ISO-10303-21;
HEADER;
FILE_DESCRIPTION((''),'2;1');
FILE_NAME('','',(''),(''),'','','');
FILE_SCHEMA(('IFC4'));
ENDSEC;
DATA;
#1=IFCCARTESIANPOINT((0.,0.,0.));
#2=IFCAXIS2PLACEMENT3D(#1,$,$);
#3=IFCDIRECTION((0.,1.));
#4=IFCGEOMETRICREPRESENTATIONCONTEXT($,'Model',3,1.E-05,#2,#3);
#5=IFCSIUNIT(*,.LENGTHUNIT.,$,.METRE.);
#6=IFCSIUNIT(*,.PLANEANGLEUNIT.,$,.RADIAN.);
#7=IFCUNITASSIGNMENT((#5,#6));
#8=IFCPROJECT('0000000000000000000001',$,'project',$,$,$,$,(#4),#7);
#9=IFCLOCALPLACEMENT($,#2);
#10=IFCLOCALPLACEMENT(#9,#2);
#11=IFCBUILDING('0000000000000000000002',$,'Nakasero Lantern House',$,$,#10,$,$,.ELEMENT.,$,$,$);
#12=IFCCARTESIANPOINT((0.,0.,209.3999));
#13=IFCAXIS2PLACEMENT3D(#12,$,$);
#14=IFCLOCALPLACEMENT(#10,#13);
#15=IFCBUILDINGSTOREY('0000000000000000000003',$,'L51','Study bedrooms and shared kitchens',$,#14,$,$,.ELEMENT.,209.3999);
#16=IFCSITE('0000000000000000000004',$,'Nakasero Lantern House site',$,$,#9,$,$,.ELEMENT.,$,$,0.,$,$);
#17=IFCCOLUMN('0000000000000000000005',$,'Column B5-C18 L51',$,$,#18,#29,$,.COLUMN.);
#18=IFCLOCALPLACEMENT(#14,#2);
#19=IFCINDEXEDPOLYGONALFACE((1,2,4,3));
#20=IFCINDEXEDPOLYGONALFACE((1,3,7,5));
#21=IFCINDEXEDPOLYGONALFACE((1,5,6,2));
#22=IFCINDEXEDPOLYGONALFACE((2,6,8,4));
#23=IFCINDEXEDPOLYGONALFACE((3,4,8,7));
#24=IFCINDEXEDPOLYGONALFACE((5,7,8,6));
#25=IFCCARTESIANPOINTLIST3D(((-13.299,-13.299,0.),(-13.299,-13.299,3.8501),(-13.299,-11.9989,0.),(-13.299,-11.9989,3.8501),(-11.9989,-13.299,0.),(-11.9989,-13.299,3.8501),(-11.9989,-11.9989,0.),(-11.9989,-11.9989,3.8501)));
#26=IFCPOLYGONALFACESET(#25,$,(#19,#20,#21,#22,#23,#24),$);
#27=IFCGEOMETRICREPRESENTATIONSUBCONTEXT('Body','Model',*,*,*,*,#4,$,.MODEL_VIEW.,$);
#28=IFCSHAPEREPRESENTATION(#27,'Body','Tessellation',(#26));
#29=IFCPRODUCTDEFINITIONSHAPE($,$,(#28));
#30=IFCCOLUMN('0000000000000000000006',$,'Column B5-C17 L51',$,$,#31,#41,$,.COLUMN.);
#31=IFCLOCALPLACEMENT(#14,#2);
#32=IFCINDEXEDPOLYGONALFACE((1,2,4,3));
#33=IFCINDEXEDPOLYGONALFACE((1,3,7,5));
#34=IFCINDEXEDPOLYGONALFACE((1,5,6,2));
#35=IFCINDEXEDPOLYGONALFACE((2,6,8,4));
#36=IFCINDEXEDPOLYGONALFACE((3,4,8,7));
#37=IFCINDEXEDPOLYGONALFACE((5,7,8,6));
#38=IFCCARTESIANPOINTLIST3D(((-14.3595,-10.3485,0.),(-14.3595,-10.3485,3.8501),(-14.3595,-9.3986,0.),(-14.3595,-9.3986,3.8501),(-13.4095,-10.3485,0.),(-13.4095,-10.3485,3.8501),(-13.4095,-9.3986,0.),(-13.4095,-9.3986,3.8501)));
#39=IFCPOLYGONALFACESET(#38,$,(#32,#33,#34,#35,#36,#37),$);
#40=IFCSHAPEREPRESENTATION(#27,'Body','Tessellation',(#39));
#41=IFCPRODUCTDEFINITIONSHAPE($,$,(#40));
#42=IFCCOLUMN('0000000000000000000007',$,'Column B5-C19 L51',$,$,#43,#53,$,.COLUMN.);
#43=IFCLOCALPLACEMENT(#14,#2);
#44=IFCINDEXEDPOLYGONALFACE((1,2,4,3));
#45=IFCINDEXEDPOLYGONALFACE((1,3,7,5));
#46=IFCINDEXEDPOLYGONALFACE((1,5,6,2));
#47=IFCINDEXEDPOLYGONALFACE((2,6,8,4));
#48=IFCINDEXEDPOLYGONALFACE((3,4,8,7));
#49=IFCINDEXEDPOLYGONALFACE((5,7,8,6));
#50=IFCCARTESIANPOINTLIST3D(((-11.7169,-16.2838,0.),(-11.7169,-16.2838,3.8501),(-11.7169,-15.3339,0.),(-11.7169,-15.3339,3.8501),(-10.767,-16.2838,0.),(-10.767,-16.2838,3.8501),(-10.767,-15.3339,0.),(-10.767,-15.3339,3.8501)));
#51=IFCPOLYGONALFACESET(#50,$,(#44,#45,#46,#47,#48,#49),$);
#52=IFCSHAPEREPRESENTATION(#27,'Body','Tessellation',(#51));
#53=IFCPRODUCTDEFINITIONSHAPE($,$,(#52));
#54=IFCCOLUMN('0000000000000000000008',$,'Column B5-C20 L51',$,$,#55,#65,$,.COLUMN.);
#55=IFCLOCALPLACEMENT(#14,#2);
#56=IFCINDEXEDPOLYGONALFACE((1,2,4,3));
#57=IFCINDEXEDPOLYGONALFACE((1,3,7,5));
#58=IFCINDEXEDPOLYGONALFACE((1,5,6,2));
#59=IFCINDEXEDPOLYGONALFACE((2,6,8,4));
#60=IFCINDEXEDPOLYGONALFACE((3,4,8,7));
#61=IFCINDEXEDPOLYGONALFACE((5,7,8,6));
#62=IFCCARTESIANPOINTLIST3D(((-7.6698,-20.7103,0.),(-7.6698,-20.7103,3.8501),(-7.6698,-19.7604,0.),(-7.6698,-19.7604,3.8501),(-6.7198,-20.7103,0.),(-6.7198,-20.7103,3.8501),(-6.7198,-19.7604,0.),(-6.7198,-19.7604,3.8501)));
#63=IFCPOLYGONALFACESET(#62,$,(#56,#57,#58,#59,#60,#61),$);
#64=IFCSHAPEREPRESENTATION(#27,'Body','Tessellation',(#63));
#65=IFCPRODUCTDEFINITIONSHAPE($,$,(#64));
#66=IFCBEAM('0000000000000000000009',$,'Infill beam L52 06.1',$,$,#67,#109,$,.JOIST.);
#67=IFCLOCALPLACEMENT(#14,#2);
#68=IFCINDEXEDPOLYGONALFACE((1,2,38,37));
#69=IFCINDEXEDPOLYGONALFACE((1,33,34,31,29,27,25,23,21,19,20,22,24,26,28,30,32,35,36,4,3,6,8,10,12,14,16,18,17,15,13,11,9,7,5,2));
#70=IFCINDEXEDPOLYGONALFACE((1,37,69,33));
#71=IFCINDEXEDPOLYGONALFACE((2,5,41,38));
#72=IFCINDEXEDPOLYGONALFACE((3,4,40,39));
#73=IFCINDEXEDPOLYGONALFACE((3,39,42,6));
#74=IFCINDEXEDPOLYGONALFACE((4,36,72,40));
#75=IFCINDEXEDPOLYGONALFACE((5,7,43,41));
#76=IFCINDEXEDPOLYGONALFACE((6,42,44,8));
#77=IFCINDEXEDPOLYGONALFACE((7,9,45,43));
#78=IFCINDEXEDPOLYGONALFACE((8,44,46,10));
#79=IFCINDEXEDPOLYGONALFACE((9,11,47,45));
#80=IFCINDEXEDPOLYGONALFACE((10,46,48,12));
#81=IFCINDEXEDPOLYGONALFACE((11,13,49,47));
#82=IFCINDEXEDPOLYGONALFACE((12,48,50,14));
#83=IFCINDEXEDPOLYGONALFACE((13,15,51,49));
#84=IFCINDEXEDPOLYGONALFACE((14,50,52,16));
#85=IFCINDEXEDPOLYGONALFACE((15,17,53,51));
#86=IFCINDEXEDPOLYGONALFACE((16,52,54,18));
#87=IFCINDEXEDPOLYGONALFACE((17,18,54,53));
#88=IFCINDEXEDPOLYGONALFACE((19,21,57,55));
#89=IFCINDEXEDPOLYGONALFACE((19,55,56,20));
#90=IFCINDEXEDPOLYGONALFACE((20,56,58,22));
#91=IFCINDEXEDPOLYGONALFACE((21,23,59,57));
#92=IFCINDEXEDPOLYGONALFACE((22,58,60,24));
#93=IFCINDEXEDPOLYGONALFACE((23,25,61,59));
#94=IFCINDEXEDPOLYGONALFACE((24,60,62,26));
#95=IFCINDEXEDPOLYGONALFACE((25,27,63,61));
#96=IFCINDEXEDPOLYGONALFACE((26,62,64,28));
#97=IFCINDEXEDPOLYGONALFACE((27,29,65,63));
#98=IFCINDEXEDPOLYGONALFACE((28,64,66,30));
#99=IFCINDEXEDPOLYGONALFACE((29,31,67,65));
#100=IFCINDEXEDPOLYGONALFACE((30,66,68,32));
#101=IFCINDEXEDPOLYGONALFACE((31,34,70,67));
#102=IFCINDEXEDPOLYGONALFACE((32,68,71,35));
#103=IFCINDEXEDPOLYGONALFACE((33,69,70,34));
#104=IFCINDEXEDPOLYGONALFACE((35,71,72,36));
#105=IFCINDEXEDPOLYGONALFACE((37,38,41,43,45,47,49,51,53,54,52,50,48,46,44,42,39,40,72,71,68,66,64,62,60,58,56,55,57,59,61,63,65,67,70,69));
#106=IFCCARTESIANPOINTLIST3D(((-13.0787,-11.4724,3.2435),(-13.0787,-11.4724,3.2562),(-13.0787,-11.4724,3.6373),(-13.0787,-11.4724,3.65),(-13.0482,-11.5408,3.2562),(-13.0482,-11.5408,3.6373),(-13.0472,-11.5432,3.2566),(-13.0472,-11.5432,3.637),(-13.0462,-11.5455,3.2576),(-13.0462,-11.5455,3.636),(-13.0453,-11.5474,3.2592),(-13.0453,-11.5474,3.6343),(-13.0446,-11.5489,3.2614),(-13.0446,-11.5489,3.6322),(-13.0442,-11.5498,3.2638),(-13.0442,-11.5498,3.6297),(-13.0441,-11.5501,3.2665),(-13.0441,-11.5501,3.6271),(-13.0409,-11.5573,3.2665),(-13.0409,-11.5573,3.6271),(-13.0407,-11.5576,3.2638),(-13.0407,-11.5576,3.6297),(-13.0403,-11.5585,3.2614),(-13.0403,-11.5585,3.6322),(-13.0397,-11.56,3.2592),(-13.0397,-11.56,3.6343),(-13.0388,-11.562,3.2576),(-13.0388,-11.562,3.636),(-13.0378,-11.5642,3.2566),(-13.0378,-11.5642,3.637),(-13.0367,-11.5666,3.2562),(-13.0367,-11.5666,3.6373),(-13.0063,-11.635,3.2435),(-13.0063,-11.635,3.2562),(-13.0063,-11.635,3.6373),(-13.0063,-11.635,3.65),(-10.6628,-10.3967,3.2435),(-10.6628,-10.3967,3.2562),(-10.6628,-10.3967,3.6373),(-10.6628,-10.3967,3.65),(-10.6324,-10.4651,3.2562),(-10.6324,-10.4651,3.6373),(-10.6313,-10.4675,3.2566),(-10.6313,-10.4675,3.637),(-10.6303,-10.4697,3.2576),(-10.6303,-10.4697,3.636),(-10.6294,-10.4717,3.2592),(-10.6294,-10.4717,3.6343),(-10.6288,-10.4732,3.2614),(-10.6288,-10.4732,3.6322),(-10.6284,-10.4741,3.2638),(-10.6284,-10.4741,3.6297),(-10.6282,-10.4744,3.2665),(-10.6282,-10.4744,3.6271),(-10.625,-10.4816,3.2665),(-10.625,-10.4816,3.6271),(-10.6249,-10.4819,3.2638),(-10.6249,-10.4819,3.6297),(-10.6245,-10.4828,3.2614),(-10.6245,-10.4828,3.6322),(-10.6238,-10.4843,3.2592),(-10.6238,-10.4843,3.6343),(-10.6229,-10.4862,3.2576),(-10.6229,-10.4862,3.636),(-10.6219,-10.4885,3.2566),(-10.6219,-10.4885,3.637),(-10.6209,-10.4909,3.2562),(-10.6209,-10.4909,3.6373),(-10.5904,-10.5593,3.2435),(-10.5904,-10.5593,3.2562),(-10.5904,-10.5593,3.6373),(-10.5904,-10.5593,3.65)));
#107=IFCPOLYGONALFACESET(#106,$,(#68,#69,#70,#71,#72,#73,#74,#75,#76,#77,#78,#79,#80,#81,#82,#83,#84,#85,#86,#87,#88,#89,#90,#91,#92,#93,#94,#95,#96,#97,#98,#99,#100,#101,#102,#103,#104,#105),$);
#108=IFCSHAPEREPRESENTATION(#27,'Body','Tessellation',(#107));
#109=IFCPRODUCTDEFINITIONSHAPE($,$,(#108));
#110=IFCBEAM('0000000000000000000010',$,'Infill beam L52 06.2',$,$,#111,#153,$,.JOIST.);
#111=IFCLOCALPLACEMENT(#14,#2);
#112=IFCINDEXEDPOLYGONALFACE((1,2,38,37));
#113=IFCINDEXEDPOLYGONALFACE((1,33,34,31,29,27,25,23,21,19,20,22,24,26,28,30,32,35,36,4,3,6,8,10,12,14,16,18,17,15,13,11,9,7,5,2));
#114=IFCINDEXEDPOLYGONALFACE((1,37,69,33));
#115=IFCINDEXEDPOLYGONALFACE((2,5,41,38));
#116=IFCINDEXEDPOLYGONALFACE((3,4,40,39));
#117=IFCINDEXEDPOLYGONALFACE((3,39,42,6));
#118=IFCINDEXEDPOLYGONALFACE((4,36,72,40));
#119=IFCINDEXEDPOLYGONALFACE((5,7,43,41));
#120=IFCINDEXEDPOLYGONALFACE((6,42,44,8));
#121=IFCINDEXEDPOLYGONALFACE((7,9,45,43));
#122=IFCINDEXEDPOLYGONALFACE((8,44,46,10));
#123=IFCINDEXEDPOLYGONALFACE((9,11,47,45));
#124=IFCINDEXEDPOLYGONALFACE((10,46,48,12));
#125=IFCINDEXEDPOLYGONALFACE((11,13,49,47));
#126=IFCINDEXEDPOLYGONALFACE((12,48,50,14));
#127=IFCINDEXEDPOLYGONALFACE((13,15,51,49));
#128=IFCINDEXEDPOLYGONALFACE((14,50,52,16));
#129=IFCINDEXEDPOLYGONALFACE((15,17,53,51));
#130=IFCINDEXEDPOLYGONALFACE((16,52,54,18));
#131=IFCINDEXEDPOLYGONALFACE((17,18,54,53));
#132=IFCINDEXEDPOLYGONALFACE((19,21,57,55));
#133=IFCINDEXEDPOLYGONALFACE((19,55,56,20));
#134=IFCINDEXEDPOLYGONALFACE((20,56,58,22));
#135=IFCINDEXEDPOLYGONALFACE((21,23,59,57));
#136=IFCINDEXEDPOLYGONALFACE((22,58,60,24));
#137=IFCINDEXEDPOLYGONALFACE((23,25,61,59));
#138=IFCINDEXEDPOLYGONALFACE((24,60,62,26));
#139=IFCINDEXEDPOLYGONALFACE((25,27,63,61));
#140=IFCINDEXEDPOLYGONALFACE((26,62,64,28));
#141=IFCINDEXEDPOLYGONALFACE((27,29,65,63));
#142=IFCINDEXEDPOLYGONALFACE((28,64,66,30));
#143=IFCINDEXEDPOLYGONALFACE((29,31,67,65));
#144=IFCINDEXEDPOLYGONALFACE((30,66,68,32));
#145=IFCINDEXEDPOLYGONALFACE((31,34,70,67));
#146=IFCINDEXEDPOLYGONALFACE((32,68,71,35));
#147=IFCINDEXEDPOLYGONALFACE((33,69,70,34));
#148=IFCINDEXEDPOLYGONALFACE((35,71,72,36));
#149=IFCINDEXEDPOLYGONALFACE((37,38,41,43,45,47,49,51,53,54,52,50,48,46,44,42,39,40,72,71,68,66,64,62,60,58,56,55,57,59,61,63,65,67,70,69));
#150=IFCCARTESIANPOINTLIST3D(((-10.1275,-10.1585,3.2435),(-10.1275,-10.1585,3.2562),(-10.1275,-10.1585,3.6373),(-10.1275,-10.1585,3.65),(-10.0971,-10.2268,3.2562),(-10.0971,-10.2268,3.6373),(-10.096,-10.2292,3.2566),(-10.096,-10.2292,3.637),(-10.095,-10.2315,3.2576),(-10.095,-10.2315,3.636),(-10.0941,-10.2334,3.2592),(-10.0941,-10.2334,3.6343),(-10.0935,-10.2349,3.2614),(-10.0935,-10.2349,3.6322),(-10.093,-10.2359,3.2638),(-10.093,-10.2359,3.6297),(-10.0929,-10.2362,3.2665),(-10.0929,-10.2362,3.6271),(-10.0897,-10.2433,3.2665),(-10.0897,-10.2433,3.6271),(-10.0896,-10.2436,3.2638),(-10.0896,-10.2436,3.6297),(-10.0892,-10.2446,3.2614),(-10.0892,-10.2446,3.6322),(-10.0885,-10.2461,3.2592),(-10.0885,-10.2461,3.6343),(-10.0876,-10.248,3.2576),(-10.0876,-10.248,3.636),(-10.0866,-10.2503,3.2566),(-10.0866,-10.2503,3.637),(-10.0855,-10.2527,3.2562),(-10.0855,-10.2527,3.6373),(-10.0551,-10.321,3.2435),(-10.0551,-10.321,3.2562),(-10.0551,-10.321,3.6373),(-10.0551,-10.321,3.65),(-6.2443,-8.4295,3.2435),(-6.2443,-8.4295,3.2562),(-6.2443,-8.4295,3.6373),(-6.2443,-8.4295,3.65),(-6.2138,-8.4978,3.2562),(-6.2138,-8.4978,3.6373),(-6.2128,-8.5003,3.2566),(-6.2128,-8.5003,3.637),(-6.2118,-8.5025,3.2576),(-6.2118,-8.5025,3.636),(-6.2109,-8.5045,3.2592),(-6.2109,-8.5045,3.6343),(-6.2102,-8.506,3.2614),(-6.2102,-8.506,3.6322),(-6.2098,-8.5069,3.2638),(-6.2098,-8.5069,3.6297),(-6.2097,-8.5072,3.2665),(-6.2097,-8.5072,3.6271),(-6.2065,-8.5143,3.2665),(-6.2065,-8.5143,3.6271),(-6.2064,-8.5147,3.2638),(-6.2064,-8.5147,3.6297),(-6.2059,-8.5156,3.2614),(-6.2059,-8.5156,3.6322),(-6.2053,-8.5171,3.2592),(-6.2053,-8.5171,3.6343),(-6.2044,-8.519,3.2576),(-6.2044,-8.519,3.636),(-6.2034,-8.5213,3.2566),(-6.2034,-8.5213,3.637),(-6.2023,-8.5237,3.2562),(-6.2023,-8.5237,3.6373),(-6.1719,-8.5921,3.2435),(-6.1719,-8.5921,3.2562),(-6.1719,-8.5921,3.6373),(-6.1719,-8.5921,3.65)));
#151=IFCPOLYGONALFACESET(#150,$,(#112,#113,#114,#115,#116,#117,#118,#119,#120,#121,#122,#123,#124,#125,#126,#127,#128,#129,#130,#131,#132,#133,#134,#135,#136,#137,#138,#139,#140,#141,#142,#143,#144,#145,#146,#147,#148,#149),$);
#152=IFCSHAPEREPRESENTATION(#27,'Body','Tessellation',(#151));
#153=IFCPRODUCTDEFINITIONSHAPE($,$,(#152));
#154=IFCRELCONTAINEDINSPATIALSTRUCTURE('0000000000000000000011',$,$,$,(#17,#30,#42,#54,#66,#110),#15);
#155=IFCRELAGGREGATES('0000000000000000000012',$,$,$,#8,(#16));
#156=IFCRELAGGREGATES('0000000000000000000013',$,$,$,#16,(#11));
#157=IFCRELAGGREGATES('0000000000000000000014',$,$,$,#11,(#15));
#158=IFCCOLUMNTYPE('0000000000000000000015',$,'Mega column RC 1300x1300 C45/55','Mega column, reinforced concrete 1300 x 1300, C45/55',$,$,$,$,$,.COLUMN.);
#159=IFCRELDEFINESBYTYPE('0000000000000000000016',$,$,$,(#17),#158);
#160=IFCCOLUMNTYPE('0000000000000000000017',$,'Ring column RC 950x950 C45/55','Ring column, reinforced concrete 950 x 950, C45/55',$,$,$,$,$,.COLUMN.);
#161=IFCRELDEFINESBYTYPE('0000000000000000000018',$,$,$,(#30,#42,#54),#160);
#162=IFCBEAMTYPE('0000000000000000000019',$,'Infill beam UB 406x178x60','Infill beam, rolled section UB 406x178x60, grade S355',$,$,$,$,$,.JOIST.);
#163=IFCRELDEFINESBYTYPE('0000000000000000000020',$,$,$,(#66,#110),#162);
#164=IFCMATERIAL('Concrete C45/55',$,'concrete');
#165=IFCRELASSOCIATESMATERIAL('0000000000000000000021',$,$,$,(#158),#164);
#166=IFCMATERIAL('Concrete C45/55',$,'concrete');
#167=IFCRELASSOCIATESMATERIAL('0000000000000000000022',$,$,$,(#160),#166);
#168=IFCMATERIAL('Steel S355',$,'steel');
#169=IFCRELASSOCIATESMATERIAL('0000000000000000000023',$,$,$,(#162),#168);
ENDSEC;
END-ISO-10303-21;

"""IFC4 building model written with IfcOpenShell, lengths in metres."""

from ifc_helpers import new_model, si_unit, direction, frame, origin, origin_2d, place, context, subcontext, project, spatial, rectangle, i_section, extrude, material, material_profile, profile_set, type_object, element, save


model = new_model("IFC4")

# Units and contexts
model_context = context("Model", 3, precision=1e-05, world=origin(), true_north=direction((0.0, 1.0)))
body_context = subcontext(model_context, "Body", "Model", "MODEL_VIEW")
ifc_project = project(units=[si_unit("LENGTHUNIT", "METRE"), si_unit("PLANEANGLEUNIT", "RADIAN")], contexts=[model_context])

# Site, building, storey
site_placement = place(None, origin())
site = spatial("IfcSite", under=ifc_project, at=site_placement, Name="Nakasero Lantern House site", CompositionType="ELEMENT", RefElevation=0.0)
building_placement = place(site_placement, origin())
building = spatial("IfcBuilding", under=site, at=building_placement, Name="Nakasero Lantern House", CompositionType="ELEMENT")
storey_placement = place(building_placement, frame((0.0, 0.0, 209.3999)))
storey = spatial("IfcBuildingStorey", under=building, at=storey_placement, Name="L51", Description="Study bedrooms and shared kitchens", CompositionType="ELEMENT", Elevation=209.3999)

# Columns
ifc_material_1 = material(Name="Concrete C45/55", Category="concrete")
ifc_material_profile_1 = material_profile(ifc_material_1, rectangle(XDim=1.3, YDim=1.3, at=origin_2d()), Name="RC 1300x1300")
ifc_profile_set_1 = profile_set([ifc_material_profile_1], Name="Concrete C45/55")
column_type_1 = type_object("IfcColumnType", Name="Mega column RC 1300x1300 C45/55", Description="Mega column, reinforced concrete 1300 x 1300, C45/55", PredefinedType="COLUMN", material=ifc_profile_set_1)
column_placement = place(storey_placement, frame((-12.6489, -12.6489, 0.0), z_axis=(0.0, 0.0, 1.0), x_axis=(1.0, 0.0, 0.0)))
element("IfcColumn", 1, at=column_placement, inside=storey, type_object=column_type_1, Name="Column B5-C18 L51", PredefinedType="COLUMN", context=body_context, shape_type="SweptSolid", body=[
    extrude(rectangle(XDim=1.3, YDim=1.3, at=origin_2d()), origin(), (0.0, 0.0, 1.0), 3.8501),
])
ifc_material_2 = material(Name="Concrete C45/55", Category="concrete")
ifc_material_profile_2 = material_profile(ifc_material_2, rectangle(XDim=0.95, YDim=0.95, at=origin_2d()), Name="RC 950x950")
ifc_profile_set_2 = profile_set([ifc_material_profile_2], Name="Concrete C45/55")
column_type_2 = type_object("IfcColumnType", Name="Ring column RC 950x950 C45/55", Description="Ring column, reinforced concrete 950 x 950, C45/55", PredefinedType="COLUMN", material=ifc_profile_set_2)
for number, where, z_axis, x_axis, name in (
    (2, (-13.8845, -9.8735, 0.0), (0.0, 0.0, 1.0), (1.0, 0.0, 0.0), "Column B5-C17 L51"),
    (3, (-11.2419, -15.8088, 0.0), (0.0, 0.0, 1.0), (1.0, 0.0, 0.0), "Column B5-C19 L51"),
    (4, (-7.1948, -20.2354, 0.0), (0.0, 0.0, 1.0), (1.0, 0.0, 0.0), "Column B5-C20 L51"),
):
    element("IfcColumn", number, at=place(storey_placement, frame(where, z_axis=z_axis, x_axis=x_axis)), inside=storey, type_object=column_type_2, Name=name, PredefinedType="COLUMN", context=body_context, shape_type="SweptSolid", body=[
        extrude(rectangle(XDim=0.95, YDim=0.95, at=origin_2d()), origin(), (0.0, 0.0, 1.0), 3.8501),
    ])

# Beams
ifc_material_3 = material(Name="Steel S355", Category="steel")
ifc_material_profile_3 = material_profile(ifc_material_3, i_section(OverallWidth=0.178, OverallDepth=0.4065, WebThickness=0.0078, FlangeThickness=0.0127, FilletRadius=0.0103, at=origin_2d()), Name="UB 406x178x60")
ifc_profile_set_3 = profile_set([ifc_material_profile_3], Name="Steel S355")
beam_type_1 = type_object("IfcBeamType", Name="Infill beam UB 406x178x60", Description="Infill beam, rolled section UB 406x178x60, grade S355", PredefinedType="JOIST", material=ifc_profile_set_3)
beam_1_placement = place(storey_placement, frame((-13.0425, -11.5537, 3.4468), z_axis=(0.91353, 0.406772, 0.0), x_axis=(-0.406772, 0.91353, 0.0)))
element("IfcBeam", 5, at=beam_1_placement, inside=storey, type_object=beam_type_1, Name="Infill beam L52 06.1", PredefinedType="JOIST", context=body_context, shape_type="SweptSolid", body=[
    extrude(i_section(OverallWidth=0.178, OverallDepth=0.4065, WebThickness=0.0078, FlangeThickness=0.0127, FilletRadius=0.0103, at=origin_2d()), origin(), (0.0, 0.0, 1.0), 2.6445),
])
beam_2_placement = place(storey_placement, frame((-10.0913, -10.2397, 3.4468), z_axis=(0.913541, 0.406746, 0.0), x_axis=(-0.406746, 0.913541, 0.0)))
element("IfcBeam", 6, at=beam_2_placement, inside=storey, type_object=beam_type_1, Name="Infill beam L52 06.2", PredefinedType="JOIST", context=body_context, shape_type="SweptSolid", body=[
    extrude(i_section(OverallWidth=0.178, OverallDepth=0.4065, WebThickness=0.0078, FlangeThickness=0.0127, FilletRadius=0.0103, at=origin_2d()), origin(), (0.0, 0.0, 1.0), 4.2507),
])

save(model, "model.ifc")
